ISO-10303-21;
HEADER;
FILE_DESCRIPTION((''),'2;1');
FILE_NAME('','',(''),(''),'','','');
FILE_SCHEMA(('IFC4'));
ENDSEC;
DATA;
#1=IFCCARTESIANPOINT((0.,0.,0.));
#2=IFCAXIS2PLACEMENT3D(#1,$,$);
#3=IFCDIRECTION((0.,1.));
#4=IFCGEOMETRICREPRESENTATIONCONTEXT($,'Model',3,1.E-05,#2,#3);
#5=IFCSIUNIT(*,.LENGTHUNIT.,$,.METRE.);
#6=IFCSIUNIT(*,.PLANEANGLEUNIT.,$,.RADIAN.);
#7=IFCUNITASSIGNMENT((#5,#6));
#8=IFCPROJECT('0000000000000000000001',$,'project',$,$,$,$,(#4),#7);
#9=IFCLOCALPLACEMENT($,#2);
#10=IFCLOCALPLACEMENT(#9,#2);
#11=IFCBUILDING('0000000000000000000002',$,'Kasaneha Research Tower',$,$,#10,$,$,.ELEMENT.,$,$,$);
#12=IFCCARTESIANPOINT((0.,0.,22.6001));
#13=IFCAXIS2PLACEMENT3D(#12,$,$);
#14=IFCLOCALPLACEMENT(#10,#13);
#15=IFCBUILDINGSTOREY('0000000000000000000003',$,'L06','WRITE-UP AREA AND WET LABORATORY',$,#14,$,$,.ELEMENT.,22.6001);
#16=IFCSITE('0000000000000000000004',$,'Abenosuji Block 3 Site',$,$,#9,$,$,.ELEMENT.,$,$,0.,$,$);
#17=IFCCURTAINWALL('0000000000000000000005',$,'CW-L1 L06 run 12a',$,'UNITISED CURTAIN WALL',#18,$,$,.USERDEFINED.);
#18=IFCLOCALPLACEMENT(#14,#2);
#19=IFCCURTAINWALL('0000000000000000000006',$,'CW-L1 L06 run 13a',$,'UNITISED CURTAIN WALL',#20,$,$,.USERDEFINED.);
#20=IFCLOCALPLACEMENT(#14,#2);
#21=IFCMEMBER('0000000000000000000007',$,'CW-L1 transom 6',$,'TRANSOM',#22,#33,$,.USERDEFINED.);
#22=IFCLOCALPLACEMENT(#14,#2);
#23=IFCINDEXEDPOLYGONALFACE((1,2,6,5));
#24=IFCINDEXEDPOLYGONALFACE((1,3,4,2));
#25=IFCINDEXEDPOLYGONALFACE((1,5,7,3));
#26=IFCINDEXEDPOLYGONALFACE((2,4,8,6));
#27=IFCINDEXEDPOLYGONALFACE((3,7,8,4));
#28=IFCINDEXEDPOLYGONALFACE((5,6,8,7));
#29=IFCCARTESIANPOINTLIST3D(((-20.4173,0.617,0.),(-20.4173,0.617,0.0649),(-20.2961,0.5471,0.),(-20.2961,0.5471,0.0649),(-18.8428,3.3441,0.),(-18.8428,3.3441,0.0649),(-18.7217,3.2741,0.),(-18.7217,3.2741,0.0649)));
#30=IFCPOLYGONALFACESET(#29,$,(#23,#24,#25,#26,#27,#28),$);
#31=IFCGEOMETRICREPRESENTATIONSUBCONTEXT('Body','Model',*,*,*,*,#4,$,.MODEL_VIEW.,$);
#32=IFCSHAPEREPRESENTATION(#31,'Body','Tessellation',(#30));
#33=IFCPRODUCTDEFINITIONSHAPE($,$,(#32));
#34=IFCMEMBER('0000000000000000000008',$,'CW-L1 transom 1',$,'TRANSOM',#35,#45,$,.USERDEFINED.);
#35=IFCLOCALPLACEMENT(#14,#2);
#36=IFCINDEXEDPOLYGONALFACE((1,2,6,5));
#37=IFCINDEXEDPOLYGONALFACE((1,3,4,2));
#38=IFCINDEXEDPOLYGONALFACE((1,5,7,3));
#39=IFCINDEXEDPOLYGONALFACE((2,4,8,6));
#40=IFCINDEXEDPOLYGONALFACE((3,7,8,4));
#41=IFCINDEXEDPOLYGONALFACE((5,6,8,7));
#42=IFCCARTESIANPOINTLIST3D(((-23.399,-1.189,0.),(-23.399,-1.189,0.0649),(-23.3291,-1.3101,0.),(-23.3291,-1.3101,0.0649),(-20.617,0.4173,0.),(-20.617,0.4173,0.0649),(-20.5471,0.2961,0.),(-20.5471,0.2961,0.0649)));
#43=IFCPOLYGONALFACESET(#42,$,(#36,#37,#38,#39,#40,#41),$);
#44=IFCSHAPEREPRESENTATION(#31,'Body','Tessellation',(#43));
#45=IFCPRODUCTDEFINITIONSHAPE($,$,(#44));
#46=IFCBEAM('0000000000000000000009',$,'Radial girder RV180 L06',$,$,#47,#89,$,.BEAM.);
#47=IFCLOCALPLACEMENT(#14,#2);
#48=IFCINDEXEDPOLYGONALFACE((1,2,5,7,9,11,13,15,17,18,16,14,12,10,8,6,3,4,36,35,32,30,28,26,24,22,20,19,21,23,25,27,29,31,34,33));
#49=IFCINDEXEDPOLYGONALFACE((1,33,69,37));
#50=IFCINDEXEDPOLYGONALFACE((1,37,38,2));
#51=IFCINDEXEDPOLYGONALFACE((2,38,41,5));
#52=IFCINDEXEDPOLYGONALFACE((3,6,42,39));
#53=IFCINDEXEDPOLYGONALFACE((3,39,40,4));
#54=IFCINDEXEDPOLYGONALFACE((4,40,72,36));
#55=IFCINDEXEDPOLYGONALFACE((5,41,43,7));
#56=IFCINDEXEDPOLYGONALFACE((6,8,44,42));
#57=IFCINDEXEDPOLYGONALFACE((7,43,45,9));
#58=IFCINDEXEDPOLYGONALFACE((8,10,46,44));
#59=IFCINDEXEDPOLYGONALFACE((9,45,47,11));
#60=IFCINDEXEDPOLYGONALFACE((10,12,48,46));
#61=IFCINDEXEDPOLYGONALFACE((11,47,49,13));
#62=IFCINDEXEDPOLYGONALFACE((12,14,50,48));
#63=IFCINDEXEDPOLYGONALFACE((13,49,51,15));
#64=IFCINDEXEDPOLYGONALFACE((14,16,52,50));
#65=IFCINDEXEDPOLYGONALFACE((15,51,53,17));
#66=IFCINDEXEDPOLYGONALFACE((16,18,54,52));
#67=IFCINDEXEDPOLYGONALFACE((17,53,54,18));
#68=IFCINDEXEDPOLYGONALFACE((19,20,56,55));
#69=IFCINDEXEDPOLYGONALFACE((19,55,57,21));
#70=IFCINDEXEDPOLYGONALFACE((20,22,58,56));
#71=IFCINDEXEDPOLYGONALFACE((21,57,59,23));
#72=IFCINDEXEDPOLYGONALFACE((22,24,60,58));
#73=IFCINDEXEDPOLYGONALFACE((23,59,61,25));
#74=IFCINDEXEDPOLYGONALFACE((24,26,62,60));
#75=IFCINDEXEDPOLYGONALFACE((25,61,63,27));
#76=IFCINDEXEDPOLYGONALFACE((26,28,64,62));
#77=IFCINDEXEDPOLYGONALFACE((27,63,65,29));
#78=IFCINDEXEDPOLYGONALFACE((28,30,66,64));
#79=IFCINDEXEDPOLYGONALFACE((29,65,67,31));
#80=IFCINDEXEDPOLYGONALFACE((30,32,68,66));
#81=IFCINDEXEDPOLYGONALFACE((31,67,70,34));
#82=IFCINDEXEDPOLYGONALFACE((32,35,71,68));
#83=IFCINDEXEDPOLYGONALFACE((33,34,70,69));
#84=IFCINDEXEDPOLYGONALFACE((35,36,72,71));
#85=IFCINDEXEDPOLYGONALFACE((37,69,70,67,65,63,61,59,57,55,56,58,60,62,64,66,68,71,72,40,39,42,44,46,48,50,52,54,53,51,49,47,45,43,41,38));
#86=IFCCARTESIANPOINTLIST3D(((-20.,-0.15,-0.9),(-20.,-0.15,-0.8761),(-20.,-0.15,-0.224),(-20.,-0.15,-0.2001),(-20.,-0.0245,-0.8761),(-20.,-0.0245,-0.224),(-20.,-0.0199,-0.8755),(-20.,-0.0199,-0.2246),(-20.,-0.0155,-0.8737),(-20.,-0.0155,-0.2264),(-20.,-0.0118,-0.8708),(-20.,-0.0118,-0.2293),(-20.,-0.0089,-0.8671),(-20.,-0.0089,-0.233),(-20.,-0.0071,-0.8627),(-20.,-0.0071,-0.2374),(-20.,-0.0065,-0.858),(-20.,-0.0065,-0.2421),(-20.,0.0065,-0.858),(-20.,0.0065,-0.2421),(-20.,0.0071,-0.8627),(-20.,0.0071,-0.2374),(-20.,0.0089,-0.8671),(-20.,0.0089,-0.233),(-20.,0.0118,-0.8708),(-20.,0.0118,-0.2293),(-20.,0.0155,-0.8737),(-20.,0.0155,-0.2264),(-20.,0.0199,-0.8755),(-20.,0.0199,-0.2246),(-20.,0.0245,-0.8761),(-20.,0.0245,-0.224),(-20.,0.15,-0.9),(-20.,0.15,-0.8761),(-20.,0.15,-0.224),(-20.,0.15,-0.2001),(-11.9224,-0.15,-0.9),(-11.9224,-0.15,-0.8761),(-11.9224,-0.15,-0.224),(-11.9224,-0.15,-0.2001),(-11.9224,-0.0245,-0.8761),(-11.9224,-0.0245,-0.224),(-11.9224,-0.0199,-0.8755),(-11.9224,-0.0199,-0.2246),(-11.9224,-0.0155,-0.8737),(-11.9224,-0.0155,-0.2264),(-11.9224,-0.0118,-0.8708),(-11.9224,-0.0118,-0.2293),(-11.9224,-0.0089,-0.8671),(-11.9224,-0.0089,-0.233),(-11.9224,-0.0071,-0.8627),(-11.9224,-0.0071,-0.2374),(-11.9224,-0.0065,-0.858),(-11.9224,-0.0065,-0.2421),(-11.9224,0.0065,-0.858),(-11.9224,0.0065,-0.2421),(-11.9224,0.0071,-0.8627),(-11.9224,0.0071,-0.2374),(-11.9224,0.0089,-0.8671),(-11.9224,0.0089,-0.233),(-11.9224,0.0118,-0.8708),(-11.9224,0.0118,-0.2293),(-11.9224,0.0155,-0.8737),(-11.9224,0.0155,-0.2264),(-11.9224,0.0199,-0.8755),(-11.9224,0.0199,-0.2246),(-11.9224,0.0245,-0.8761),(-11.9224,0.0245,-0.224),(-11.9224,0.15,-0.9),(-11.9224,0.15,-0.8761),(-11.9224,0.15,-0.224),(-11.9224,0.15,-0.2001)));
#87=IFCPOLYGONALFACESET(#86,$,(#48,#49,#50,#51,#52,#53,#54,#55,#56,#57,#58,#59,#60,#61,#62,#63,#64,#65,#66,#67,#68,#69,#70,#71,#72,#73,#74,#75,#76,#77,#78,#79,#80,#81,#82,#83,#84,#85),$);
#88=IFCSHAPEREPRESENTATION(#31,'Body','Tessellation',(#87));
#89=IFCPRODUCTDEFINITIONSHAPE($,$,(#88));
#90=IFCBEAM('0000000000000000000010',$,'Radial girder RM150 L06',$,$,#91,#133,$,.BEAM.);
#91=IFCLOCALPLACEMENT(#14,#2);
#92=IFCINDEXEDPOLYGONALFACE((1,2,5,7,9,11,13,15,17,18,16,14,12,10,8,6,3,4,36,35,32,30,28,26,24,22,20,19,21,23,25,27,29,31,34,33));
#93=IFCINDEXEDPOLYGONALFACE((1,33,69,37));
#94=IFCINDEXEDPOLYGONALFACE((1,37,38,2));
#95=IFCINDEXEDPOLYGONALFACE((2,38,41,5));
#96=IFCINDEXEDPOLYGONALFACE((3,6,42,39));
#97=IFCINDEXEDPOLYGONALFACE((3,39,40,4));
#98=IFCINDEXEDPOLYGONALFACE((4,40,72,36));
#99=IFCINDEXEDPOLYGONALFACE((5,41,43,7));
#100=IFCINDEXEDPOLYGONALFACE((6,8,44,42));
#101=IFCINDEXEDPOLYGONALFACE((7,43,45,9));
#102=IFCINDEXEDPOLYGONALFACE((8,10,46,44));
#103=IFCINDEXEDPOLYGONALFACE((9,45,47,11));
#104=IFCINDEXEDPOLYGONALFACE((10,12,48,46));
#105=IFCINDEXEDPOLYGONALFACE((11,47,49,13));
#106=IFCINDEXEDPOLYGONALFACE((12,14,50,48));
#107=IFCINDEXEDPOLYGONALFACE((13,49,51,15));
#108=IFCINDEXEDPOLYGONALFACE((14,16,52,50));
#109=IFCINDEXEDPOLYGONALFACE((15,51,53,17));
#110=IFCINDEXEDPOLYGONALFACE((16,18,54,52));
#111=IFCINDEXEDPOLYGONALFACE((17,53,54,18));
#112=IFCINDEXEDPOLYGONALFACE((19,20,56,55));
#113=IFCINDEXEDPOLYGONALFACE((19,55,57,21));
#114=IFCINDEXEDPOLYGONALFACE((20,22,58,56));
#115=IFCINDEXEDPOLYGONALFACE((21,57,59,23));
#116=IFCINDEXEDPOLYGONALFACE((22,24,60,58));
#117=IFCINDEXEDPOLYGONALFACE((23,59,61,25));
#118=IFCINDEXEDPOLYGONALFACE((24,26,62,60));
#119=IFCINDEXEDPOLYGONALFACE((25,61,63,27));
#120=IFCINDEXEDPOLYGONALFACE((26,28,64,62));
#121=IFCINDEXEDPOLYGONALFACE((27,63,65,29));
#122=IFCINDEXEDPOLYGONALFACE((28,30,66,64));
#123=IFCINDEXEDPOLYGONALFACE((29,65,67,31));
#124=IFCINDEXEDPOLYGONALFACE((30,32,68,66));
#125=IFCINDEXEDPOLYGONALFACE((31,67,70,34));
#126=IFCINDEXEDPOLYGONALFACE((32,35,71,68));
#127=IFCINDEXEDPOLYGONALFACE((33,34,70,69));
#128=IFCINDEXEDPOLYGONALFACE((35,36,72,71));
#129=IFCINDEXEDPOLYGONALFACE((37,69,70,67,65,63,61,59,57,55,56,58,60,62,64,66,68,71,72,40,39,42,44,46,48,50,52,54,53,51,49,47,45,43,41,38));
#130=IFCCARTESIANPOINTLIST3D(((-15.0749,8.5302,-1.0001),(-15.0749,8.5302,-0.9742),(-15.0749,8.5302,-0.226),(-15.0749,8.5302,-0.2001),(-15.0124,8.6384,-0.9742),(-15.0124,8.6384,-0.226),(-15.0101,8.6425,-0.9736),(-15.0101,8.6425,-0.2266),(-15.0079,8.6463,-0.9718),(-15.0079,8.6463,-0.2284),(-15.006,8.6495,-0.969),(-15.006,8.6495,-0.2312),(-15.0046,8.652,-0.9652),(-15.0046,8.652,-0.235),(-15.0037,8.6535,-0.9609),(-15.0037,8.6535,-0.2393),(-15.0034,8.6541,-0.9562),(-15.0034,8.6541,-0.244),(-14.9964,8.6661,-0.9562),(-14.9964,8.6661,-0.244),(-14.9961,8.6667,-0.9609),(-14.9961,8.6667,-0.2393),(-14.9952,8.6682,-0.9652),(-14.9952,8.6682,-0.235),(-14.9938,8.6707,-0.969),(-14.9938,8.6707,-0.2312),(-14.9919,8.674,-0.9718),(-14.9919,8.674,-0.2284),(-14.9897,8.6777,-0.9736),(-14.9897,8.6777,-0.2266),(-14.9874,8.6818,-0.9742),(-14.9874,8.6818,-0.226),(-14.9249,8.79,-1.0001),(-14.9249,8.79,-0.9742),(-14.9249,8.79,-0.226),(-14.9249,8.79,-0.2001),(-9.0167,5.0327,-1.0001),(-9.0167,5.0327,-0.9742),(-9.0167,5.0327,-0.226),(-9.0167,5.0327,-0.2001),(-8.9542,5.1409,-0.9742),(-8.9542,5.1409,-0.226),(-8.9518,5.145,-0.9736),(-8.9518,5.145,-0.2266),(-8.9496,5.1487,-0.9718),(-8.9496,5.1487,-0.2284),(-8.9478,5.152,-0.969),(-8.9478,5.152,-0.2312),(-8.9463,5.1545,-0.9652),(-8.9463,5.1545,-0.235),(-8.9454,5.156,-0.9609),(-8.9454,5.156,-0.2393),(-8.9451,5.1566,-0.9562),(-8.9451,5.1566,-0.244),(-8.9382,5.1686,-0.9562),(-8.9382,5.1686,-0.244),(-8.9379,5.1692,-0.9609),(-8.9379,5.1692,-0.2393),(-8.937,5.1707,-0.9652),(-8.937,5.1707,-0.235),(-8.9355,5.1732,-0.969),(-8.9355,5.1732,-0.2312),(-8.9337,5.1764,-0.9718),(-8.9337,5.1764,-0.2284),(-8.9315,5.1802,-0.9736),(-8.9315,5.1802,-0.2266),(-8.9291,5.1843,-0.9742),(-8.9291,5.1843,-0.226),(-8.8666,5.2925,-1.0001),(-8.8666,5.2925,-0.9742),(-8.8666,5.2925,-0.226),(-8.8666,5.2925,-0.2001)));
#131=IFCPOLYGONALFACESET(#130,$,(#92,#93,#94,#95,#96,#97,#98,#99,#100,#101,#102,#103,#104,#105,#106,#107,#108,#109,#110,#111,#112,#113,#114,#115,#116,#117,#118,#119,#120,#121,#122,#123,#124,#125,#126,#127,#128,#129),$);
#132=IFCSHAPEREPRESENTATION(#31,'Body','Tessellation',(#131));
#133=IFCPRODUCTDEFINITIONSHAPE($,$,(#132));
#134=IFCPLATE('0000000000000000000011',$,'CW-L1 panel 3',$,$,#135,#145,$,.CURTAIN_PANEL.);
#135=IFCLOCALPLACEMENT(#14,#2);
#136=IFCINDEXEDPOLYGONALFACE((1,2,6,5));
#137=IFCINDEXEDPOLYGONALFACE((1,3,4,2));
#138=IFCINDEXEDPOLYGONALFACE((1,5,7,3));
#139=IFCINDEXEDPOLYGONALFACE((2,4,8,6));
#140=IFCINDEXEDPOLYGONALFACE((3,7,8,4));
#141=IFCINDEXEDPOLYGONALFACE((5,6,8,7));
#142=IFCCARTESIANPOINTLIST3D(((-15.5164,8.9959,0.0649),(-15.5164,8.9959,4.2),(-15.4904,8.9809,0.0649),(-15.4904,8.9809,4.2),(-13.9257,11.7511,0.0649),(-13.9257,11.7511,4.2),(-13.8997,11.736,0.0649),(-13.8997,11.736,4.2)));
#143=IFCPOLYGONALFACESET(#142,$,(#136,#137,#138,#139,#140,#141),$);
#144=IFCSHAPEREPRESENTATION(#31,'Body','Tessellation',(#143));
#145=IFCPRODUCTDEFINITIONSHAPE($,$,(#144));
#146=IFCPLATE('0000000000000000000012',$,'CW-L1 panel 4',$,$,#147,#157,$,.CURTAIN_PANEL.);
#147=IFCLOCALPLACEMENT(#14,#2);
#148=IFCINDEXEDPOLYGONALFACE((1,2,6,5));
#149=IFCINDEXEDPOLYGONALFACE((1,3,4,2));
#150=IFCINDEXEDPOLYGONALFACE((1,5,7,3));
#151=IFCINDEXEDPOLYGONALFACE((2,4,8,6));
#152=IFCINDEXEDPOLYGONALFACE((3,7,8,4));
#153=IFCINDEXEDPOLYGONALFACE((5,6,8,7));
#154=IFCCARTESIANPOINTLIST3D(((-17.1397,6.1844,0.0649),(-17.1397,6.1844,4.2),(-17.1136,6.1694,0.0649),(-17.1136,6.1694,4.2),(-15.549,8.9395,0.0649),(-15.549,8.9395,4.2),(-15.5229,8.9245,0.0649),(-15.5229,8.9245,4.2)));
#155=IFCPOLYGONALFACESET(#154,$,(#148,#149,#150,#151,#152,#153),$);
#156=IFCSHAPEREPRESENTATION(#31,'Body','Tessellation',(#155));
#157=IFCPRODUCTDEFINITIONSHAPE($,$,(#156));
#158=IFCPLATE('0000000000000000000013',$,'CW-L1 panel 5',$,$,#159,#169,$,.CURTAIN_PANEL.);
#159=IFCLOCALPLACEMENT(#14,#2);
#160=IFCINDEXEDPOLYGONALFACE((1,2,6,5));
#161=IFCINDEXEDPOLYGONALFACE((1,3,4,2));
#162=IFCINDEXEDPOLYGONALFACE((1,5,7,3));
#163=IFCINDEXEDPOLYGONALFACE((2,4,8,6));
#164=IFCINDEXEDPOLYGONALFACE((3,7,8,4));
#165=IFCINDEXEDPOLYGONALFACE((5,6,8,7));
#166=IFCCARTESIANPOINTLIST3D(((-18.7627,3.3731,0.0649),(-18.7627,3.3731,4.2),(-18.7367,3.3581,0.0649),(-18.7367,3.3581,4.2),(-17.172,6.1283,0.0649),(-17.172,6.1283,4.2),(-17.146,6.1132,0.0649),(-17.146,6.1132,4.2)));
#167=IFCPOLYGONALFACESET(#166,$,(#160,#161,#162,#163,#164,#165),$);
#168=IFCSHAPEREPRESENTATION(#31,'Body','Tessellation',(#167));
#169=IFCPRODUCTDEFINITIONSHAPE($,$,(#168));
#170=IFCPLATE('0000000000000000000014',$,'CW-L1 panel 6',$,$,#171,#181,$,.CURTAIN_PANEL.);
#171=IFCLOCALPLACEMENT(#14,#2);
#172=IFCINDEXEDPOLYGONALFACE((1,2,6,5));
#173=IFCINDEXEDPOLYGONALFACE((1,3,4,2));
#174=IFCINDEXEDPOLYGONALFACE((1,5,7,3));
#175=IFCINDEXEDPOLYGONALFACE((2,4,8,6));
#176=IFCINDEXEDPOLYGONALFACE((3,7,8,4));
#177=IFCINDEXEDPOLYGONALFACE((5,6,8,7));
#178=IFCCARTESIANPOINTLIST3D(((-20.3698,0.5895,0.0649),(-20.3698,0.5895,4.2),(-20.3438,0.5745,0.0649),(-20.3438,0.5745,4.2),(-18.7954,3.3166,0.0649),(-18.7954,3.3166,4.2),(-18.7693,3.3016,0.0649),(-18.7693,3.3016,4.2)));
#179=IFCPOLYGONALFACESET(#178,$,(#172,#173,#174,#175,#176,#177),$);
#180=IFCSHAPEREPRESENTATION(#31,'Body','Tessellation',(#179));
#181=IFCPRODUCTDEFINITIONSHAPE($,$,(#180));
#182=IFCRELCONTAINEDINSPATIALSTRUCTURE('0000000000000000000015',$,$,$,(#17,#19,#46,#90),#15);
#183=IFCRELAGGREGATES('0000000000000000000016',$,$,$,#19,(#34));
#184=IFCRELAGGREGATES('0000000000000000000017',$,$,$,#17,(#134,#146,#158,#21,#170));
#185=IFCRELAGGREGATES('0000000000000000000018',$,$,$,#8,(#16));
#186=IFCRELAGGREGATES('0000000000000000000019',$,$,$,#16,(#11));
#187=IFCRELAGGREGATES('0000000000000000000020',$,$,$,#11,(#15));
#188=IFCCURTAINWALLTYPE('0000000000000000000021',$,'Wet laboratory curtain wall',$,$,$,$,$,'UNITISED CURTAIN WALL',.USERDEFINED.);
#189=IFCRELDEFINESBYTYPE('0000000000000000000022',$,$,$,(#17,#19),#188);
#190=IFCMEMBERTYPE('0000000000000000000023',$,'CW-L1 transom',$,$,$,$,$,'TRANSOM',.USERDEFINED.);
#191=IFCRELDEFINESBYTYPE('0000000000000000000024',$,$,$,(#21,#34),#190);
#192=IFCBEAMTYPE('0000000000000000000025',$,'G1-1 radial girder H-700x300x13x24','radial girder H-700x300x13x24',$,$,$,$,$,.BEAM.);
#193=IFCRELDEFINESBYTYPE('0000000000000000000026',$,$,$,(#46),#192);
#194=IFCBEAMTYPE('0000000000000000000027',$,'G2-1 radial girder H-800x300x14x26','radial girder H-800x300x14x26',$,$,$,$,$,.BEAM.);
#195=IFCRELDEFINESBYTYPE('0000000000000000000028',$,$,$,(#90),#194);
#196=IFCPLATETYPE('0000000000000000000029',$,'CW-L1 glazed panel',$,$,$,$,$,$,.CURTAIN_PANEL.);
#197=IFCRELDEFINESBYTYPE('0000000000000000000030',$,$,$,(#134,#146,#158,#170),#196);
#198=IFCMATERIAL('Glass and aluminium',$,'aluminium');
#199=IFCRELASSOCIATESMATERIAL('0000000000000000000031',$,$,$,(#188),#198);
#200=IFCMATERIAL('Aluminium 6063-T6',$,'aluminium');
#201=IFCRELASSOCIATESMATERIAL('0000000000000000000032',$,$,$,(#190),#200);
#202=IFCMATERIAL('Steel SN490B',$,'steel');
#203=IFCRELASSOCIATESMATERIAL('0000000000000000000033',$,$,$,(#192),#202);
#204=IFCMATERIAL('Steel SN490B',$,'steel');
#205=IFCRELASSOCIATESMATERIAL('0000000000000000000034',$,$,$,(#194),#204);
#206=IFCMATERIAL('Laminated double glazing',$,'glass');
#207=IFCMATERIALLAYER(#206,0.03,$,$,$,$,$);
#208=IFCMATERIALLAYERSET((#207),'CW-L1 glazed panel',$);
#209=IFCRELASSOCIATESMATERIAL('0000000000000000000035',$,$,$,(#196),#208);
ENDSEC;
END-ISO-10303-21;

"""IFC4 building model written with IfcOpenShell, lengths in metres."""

from ifc_helpers import new_model, si_unit, direction, frame, origin, origin_2d, place, context, subcontext, project, spatial, rectangle, i_section, extrude, material, layer, layer_set, material_profile, profile_set, type_object, element, aggregate, save


model = new_model("IFC4")

# Units and contexts
model_context = context("Model", 3, precision=1e-05, world=origin(), true_north=direction((0.0, 1.0)))
body_context = subcontext(model_context, "Body", "Model", "MODEL_VIEW")
ifc_project = project(units=[si_unit("LENGTHUNIT", "METRE"), si_unit("PLANEANGLEUNIT", "RADIAN")], contexts=[model_context])

# Site, building, storey
site_placement = place(None, origin())
site = spatial("IfcSite", under=ifc_project, at=site_placement, Name="Abenosuji Block 3 Site", CompositionType="ELEMENT", RefElevation=0.0)
building_placement = place(site_placement, origin())
building = spatial("IfcBuilding", under=site, at=building_placement, Name="Kasaneha Research Tower", CompositionType="ELEMENT")
storey_placement = place(building_placement, frame((0.0, 0.0, 22.6001)))
storey = spatial("IfcBuildingStorey", under=building, at=storey_placement, Name="L06", Description="WRITE-UP AREA AND WET LABORATORY", CompositionType="ELEMENT", Elevation=22.6001)

# Curtain wall
ifc_material_1 = material(Name="Glass and aluminium", Category="aluminium")
curtain_wall_type = type_object("IfcCurtainWallType", Name="Wet laboratory curtain wall", ElementType="UNITISED CURTAIN WALL", PredefinedType="USERDEFINED", material=ifc_material_1)
curtain_wall_1_placement = place(storey_placement, origin())
curtain_wall_1 = element("IfcCurtainWall", 1, at=curtain_wall_1_placement, inside=storey, type_object=curtain_wall_type, Name="CW-L1 L06 run 12a", ObjectType="UNITISED CURTAIN WALL", PredefinedType="USERDEFINED")

# Curtain wall
curtain_wall_2_placement = place(storey_placement, origin())
curtain_wall_2 = element("IfcCurtainWall", 2, at=curtain_wall_2_placement, inside=storey, type_object=curtain_wall_type, Name="CW-L1 L06 run 13a", ObjectType="UNITISED CURTAIN WALL", PredefinedType="USERDEFINED")

# Members
ifc_material_2 = material(Name="Aluminium 6063-T6", Category="aluminium")
ifc_material_profile_1 = material_profile(ifc_material_2, rectangle(XDim=0.1399, YDim=0.0649, at=origin_2d()), Name="CW-L1 transom 140x65")
ifc_profile_set_1 = profile_set([ifc_material_profile_1], Name="Aluminium 6063-T6")
member_type_1 = type_object("IfcMemberType", Name="CW-L1 transom", ElementType="TRANSOM", PredefinedType="USERDEFINED", material=ifc_profile_set_1)
member_1_placement = place(storey_placement, frame((-18.7822, 3.3091, 0.0325), z_axis=(-0.5, -0.866025, 0.0), x_axis=(0.866025, -0.5, 0.0)))
member_1 = element("IfcMember", 3, at=member_1_placement, type_object=member_type_1, Name="CW-L1 transom 6", ObjectType="TRANSOM", PredefinedType="USERDEFINED", context=body_context, shape_type="SweptSolid", body=[
    extrude(rectangle(XDim=0.1399, YDim=0.0649, at=origin_2d()), origin(), (0.0, 0.0, 1.0), 3.1489),
])
member_2_placement = place(storey_placement, frame((-20.582, 0.3567, 0.0325), z_axis=(-0.866022, -0.500005, 0.0), x_axis=(0.500005, -0.866022, 0.0)))
member_2 = element("IfcMember", 4, at=member_2_placement, type_object=member_type_1, Name="CW-L1 transom 1", ObjectType="TRANSOM", PredefinedType="USERDEFINED", context=body_context, shape_type="SweptSolid", body=[
    extrude(rectangle(XDim=0.1399, YDim=0.0649, at=origin_2d()), origin(), (0.0, 0.0, 1.0), 3.2124),
])
aggregate(curtain_wall_2, [member_2])

# Beams
ifc_material_3 = material(Name="Steel SN490B", Category="steel")
ifc_material_profile_2 = material_profile(ifc_material_3, i_section(OverallWidth=0.3, OverallDepth=0.7, WebThickness=0.0129, FlangeThickness=0.0239, FilletRadius=0.0181, at=origin_2d()), Name="H-700x300x13x24")
ifc_profile_set_2 = profile_set([ifc_material_profile_2], Name="Steel SN490B")
beam_type_1 = type_object("IfcBeamType", Name="G1-1 radial girder H-700x300x13x24", Description="radial girder H-700x300x13x24", PredefinedType="BEAM", material=ifc_profile_set_2)
beam_1_placement = place(storey_placement, frame((-11.9224, 0.0, -0.55), z_axis=(-1.0, 0.0, 0.0), x_axis=(0.0, -1.0, 0.0)))
element("IfcBeam", 5, at=beam_1_placement, inside=storey, type_object=beam_type_1, Name="Radial girder RV180 L06", PredefinedType="BEAM", context=body_context, shape_type="SweptSolid", body=[
    extrude(i_section(OverallWidth=0.3, OverallDepth=0.7, WebThickness=0.0129, FlangeThickness=0.0239, FilletRadius=0.0181, at=origin_2d()), origin(), (0.0, 0.0, 1.0), 8.0776),
])
ifc_material_4 = material(Name="Steel SN490B", Category="steel")
ifc_material_profile_3 = material_profile(ifc_material_4, i_section(OverallWidth=0.3, OverallDepth=0.8, WebThickness=0.0139, FlangeThickness=0.0259, FilletRadius=0.0181, at=origin_2d()), Name="H-800x300x14x26")
ifc_profile_set_3 = profile_set([ifc_material_profile_3], Name="Steel SN490B")
beam_type_2 = type_object("IfcBeamType", Name="G2-1 radial girder H-800x300x14x26", Description="radial girder H-800x300x14x26", PredefinedType="BEAM", material=ifc_profile_set_3)
beam_2_placement = place(storey_placement, frame((-8.9417, 5.1626, -0.6001), z_axis=(-0.86604, 0.499975, 0.0), x_axis=(-0.499975, -0.86604, 0.0)))
element("IfcBeam", 6, at=beam_2_placement, inside=storey, type_object=beam_type_2, Name="Radial girder RM150 L06", PredefinedType="BEAM", context=body_context, shape_type="SweptSolid", body=[
    extrude(i_section(OverallWidth=0.3, OverallDepth=0.8, WebThickness=0.0139, FlangeThickness=0.0259, FilletRadius=0.0181, at=origin_2d()), origin(), (0.0, 0.0, 1.0), 6.9954),
])

# Plates
ifc_material_5 = material(Name="Laminated double glazing", Category="glass")
ifc_layer_1 = layer(ifc_material_5, 0.03)
ifc_layer_set_1 = layer_set([ifc_layer_1], Name="CW-L1 glazed panel")
plate_type = type_object("IfcPlateType", Name="CW-L1 glazed panel", PredefinedType="CURTAIN_PANEL", material=ifc_layer_set_1)
plate_1_placement = place(storey_placement, frame((-14.708, 10.366, 0.0649), z_axis=(0.0, 0.0, 1.0), x_axis=(-0.5, -0.866025, 0.0)))
plate_1 = element("IfcPlate", 7, at=plate_1_placement, type_object=plate_type, Name="CW-L1 panel 3", PredefinedType="CURTAIN_PANEL", context=body_context, shape_type="SweptSolid", body=[
    extrude(rectangle(XDim=3.1814, YDim=0.03, at=origin_2d()), origin(), (0.0, 0.0, 1.0), 4.135),
])
plate_2_placement = place(storey_placement, frame((-16.3313, 7.5544, 0.0649), z_axis=(0.0, 0.0, 1.0), x_axis=(-0.5, -0.866025, 0.0)))
plate_2 = element("IfcPlate", 8, at=plate_2_placement, type_object=plate_type, Name="CW-L1 panel 4", PredefinedType="CURTAIN_PANEL", context=body_context, shape_type="SweptSolid", body=[
    extrude(rectangle(XDim=3.1814, YDim=0.03, at=origin_2d()), origin(), (0.0, 0.0, 1.0), 4.135),
])
plate_3_placement = place(storey_placement, frame((-17.9543, 4.7432, 0.0649), z_axis=(0.0, 0.0, 1.0), x_axis=(-0.5, -0.866025, 0.0)))
plate_3 = element("IfcPlate", 9, at=plate_3_placement, type_object=plate_type, Name="CW-L1 panel 5", PredefinedType="CURTAIN_PANEL", context=body_context, shape_type="SweptSolid", body=[
    extrude(rectangle(XDim=3.1814, YDim=0.03, at=origin_2d()), origin(), (0.0, 0.0, 1.0), 4.135),
])
plate_4_placement = place(storey_placement, frame((-19.5696, 1.9456, 0.0649), z_axis=(0.0, 0.0, 1.0), x_axis=(-0.5, -0.866025, 0.0)))
plate_4 = element("IfcPlate", 10, at=plate_4_placement, type_object=plate_type, Name="CW-L1 panel 6", PredefinedType="CURTAIN_PANEL", context=body_context, shape_type="SweptSolid", body=[
    extrude(rectangle(XDim=3.1489, YDim=0.03, at=origin_2d()), origin(), (0.0, 0.0, 1.0), 4.135),
])
aggregate(curtain_wall_1, [plate_1, plate_2, plate_3, member_1, plate_4])

save(model, "model.ifc")
